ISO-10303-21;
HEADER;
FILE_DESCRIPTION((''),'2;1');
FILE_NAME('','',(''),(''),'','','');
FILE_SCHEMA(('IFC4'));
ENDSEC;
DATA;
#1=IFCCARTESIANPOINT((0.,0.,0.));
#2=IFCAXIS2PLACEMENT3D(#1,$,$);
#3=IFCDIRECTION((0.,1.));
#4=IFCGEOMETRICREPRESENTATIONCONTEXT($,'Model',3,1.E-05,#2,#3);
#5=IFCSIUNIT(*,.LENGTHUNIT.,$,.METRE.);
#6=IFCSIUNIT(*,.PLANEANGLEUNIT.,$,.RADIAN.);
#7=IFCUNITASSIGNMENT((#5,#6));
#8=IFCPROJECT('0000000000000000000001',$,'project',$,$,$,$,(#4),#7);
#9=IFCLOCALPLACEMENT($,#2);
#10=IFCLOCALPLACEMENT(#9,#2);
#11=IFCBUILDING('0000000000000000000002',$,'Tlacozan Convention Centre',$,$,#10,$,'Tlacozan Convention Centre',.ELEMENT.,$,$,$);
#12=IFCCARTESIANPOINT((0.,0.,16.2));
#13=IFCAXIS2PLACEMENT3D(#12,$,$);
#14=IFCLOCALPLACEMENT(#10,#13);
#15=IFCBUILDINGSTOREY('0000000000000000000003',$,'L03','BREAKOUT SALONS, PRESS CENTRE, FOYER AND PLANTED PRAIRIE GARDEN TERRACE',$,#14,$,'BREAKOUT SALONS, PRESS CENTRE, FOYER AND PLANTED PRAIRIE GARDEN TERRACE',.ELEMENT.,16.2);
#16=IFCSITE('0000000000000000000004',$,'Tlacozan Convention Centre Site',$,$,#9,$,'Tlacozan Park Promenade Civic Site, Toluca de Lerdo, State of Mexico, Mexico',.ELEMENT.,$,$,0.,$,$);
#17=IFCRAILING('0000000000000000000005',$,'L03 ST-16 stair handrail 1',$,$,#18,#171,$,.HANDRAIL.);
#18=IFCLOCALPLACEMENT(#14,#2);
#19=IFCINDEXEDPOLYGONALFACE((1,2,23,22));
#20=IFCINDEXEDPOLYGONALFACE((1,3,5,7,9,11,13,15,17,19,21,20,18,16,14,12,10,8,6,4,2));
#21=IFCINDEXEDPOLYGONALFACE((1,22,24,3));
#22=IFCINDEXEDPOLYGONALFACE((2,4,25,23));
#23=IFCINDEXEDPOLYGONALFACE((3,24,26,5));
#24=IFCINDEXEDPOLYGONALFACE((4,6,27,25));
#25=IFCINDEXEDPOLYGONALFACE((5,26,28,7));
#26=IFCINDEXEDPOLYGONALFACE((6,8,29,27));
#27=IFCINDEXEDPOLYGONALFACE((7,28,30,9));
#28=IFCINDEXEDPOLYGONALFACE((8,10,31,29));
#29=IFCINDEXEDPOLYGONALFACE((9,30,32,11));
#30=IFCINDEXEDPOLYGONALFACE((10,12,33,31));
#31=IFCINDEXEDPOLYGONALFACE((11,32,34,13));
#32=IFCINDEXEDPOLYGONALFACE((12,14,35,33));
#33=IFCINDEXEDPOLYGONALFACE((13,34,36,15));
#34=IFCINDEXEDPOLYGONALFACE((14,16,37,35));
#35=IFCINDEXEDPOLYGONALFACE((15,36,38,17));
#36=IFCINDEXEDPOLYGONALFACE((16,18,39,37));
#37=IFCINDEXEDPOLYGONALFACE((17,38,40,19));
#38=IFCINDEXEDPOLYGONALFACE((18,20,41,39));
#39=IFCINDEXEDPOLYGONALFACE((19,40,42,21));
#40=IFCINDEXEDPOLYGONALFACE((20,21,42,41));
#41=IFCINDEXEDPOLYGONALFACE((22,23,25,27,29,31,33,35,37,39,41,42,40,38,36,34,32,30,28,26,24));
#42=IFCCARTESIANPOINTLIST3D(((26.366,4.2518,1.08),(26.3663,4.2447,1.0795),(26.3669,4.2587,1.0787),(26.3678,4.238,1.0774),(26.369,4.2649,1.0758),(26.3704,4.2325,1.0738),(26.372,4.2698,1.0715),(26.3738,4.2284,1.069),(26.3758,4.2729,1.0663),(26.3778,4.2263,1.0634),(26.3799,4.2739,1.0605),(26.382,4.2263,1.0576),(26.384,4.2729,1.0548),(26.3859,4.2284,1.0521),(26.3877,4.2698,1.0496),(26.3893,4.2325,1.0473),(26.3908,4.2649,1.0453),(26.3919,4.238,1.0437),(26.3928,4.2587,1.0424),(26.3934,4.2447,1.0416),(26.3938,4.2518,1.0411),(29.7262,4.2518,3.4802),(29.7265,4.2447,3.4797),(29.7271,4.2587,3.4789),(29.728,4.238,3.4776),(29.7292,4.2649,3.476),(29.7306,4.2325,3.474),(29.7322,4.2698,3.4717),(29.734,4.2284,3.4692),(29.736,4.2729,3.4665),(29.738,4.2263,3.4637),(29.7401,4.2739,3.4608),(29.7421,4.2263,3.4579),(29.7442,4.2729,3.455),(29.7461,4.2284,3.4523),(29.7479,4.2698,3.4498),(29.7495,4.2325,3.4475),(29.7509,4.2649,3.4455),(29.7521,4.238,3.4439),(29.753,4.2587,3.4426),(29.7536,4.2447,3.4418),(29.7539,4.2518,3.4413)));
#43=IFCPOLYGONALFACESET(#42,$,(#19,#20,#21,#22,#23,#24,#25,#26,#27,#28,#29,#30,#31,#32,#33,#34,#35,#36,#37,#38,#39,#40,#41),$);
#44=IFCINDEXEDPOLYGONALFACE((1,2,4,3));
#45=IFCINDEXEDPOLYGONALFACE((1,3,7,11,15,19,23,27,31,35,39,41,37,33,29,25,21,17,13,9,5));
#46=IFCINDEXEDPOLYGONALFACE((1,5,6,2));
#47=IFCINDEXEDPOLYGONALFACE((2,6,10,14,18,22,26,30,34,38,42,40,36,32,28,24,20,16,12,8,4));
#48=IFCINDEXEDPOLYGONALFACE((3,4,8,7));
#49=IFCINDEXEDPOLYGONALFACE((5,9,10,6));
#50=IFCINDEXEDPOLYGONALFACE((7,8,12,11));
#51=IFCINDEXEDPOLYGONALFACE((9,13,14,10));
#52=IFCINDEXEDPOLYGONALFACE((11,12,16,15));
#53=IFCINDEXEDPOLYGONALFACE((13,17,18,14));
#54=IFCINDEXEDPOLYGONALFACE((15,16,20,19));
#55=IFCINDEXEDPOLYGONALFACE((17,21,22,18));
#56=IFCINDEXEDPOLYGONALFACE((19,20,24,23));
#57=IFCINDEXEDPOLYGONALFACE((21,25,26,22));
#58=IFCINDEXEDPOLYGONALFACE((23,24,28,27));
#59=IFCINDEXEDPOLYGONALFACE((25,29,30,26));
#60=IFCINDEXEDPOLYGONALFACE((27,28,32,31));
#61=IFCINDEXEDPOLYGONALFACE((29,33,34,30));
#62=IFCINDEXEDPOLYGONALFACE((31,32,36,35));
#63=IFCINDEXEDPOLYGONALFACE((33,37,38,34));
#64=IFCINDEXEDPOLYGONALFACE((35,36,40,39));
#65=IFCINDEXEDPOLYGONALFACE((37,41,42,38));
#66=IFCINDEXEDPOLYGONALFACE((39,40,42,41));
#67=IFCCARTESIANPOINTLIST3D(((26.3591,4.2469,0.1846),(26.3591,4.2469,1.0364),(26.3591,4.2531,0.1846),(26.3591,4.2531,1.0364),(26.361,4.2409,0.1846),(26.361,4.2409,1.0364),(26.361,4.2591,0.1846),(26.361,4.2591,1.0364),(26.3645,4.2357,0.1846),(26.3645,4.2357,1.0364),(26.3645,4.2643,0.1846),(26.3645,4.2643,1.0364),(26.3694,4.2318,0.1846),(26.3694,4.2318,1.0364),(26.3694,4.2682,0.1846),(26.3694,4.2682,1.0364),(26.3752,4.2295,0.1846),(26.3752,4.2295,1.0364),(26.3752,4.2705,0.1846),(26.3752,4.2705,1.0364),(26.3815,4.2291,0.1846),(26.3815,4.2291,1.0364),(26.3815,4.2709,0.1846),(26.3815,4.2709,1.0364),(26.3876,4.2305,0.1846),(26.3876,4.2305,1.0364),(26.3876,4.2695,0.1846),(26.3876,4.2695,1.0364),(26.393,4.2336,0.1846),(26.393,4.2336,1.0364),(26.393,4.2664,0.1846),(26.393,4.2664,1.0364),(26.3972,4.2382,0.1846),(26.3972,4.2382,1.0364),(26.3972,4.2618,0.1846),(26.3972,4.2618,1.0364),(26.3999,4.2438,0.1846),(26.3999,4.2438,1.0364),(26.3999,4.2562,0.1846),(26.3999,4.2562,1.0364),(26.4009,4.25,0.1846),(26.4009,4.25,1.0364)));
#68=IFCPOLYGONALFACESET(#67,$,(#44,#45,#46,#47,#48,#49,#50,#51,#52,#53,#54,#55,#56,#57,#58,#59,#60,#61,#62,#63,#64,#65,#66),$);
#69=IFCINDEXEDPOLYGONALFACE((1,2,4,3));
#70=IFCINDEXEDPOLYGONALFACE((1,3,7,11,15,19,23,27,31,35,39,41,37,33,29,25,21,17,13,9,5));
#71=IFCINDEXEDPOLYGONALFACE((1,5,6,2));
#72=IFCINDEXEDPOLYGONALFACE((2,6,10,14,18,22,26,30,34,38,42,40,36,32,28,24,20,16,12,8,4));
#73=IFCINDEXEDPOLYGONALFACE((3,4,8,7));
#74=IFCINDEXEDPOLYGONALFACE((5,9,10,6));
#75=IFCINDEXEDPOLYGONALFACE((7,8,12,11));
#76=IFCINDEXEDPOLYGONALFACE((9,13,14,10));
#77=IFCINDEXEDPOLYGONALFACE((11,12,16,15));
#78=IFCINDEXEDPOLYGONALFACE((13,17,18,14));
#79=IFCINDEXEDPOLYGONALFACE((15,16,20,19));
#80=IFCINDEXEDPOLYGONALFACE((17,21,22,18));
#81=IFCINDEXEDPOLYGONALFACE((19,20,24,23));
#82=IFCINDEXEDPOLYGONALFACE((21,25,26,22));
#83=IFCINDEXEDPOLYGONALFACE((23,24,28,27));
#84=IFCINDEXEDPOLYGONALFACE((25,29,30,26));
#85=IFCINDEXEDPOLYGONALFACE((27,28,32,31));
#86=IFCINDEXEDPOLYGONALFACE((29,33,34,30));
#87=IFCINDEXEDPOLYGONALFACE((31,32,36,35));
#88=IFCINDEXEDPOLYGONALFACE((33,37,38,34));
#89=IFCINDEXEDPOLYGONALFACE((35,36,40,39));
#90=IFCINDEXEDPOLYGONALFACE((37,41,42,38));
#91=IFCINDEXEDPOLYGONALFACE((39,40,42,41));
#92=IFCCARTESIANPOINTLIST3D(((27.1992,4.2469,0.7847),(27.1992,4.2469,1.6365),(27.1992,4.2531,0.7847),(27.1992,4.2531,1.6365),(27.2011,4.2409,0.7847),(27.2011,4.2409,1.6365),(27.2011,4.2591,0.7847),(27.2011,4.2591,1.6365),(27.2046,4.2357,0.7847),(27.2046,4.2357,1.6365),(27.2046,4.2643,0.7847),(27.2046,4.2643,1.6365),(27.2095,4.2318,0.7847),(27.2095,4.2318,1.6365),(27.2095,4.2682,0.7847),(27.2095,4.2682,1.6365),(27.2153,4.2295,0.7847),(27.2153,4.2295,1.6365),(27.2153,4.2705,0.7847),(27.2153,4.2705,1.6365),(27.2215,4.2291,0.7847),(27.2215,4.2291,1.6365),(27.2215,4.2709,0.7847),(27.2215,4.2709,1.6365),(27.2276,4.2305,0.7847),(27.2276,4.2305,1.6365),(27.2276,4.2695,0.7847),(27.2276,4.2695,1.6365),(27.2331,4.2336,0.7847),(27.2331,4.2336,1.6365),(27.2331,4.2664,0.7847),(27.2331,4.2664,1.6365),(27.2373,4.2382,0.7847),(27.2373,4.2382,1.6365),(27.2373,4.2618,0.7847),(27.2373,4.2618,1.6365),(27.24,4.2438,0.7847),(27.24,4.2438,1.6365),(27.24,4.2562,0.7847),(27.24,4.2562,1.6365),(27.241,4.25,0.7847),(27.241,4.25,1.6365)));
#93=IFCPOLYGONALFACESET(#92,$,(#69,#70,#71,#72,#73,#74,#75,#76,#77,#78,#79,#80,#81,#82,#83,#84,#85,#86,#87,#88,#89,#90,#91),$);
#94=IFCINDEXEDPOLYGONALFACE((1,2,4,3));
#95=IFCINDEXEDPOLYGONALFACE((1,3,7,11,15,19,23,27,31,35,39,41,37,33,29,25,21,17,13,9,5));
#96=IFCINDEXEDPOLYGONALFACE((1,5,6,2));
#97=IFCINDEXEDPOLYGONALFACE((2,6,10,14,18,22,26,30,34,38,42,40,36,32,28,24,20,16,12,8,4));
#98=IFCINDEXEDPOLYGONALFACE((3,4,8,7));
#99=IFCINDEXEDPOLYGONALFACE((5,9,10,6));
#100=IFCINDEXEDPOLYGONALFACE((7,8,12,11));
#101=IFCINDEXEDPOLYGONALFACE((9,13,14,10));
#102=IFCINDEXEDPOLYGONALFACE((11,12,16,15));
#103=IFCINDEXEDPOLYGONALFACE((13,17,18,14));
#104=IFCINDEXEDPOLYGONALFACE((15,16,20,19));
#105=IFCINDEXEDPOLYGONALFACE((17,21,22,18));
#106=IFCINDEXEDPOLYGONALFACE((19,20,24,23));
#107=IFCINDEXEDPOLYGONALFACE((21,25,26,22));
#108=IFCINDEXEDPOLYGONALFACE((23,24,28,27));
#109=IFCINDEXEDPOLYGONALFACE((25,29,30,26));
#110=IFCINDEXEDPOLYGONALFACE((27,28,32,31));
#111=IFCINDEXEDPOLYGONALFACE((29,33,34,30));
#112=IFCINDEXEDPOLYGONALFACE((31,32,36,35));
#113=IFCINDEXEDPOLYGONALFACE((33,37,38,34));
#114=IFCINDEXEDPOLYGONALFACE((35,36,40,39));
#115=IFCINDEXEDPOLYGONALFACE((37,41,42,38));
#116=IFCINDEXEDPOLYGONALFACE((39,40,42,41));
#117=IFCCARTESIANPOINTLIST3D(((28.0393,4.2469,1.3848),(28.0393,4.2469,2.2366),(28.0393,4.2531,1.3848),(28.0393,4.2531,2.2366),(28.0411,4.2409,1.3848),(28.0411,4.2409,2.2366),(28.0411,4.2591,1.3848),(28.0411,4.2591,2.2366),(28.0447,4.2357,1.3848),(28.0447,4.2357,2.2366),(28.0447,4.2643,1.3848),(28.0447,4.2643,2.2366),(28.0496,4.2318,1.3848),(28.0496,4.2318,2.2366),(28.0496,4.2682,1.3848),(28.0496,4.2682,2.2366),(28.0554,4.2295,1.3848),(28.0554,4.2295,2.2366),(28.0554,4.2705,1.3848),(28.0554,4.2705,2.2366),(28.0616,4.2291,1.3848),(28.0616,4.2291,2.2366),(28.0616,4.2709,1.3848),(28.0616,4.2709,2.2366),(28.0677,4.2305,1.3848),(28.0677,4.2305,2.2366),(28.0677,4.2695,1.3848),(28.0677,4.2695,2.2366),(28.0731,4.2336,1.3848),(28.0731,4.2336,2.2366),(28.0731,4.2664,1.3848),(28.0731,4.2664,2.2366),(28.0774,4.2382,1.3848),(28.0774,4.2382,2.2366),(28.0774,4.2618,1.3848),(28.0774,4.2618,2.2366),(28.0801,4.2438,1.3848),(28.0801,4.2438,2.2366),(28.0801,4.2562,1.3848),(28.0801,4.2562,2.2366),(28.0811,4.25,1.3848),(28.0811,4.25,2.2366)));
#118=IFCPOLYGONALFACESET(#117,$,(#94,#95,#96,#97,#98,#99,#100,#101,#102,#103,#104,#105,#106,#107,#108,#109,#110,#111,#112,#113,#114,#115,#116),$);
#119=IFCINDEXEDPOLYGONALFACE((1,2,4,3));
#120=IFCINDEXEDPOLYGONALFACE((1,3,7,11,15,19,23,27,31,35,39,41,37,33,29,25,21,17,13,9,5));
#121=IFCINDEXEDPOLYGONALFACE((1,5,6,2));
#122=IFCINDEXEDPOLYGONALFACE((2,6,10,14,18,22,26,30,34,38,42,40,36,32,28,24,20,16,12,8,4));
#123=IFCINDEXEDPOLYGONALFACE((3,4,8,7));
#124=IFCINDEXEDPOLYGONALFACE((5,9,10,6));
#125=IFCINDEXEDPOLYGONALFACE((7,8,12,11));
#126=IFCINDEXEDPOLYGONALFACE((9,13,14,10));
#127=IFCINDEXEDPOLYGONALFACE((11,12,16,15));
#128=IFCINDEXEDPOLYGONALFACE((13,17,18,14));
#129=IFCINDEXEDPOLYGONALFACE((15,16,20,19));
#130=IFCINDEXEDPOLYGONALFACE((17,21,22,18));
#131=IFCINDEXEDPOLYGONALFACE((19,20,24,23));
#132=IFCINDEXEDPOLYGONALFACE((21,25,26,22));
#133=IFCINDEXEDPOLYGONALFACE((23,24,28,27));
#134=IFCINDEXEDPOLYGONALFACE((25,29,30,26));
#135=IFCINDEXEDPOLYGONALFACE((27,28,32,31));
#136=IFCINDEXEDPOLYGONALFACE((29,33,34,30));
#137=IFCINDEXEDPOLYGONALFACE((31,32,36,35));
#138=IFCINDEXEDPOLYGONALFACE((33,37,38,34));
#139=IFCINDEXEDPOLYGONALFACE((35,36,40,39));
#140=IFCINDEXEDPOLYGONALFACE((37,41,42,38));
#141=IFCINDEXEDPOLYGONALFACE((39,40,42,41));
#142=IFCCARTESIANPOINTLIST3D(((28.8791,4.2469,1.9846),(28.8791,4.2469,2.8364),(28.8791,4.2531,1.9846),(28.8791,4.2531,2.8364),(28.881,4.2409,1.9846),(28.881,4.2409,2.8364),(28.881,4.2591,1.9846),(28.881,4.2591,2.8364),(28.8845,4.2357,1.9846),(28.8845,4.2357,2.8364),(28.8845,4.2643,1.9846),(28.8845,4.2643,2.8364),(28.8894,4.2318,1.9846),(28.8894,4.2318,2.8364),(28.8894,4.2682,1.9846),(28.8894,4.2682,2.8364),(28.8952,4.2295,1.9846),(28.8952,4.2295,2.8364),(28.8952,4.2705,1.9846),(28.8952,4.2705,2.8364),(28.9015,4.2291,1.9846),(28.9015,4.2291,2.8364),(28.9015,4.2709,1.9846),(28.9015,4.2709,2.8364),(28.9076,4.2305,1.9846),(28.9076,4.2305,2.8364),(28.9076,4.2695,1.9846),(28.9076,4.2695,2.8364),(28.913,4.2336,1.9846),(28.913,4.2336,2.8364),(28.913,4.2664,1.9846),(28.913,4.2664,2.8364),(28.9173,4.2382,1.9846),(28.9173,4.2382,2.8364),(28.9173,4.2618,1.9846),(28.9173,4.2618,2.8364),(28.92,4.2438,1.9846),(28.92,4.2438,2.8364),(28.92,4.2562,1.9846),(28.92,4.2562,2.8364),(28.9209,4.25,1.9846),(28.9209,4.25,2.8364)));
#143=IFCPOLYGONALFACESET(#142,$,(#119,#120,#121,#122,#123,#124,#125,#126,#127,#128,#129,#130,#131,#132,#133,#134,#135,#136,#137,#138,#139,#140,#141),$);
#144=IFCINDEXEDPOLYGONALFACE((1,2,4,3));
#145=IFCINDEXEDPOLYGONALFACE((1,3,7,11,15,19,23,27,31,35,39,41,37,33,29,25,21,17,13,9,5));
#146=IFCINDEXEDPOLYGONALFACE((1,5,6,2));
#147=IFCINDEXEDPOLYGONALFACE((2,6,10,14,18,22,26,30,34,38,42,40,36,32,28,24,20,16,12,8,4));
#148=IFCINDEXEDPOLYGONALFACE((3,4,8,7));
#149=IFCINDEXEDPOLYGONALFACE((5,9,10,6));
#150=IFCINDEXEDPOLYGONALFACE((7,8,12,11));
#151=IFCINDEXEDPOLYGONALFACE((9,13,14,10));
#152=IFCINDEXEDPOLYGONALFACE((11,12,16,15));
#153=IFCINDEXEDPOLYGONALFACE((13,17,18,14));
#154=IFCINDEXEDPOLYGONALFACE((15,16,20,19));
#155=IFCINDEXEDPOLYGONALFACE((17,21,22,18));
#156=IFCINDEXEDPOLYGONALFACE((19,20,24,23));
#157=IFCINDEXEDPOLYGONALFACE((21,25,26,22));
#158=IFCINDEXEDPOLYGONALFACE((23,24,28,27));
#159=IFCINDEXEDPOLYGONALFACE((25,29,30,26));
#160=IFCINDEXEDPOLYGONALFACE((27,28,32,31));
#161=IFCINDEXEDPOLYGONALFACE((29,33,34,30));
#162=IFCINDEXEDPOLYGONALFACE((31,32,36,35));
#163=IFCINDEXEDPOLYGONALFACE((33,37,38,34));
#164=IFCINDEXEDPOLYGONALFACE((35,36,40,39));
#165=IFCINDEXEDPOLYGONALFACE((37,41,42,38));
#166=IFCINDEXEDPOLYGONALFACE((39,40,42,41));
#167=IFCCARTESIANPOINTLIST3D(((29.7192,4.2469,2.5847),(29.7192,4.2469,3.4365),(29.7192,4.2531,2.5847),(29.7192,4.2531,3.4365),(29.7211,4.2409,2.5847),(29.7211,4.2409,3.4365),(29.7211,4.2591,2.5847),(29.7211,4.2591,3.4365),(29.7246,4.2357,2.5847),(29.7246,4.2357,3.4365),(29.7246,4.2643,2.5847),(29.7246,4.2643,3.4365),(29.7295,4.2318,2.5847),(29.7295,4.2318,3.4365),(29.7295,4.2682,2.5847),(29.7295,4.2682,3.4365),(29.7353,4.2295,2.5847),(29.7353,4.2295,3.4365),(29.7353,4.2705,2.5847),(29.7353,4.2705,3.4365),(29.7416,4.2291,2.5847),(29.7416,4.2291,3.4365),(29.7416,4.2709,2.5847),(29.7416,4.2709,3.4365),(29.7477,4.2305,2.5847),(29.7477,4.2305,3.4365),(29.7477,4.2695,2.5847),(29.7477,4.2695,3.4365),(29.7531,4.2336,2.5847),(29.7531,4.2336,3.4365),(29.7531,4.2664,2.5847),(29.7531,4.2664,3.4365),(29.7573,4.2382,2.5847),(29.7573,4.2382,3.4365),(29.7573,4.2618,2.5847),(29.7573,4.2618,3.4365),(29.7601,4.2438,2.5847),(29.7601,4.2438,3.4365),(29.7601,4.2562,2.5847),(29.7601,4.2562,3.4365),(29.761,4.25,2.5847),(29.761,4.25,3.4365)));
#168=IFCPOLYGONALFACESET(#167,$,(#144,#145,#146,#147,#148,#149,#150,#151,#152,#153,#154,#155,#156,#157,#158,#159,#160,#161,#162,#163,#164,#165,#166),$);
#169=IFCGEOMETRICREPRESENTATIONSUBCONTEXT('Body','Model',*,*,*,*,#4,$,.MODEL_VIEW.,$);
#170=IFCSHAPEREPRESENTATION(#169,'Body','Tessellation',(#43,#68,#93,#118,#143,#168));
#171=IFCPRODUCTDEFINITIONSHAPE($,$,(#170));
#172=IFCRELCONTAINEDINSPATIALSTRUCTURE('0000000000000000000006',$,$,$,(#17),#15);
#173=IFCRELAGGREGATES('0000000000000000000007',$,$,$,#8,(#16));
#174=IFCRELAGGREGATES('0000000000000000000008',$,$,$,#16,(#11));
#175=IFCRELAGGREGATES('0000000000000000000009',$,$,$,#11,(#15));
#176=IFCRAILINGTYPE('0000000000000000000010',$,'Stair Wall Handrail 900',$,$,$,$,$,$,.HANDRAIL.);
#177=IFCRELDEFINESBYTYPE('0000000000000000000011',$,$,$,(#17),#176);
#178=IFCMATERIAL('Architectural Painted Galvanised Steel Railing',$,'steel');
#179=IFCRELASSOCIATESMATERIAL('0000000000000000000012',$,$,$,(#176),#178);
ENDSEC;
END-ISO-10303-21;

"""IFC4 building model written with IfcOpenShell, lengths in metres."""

from ifc_helpers import new_model, si_unit, direction, frame, origin, origin_2d, place, context, subcontext, project, spatial, circle, extrude, material, type_object, element, save


model = new_model("IFC4")

# Units and contexts
model_context = context("Model", 3, precision=1e-05, world=origin(), true_north=direction((0.0, 1.0)))
body_context = subcontext(model_context, "Body", "Model", "MODEL_VIEW")
ifc_project = project(units=[si_unit("LENGTHUNIT", "METRE"), si_unit("PLANEANGLEUNIT", "RADIAN")], contexts=[model_context])

# Site, building, storey
site_placement = place(None, origin())
site = spatial("IfcSite", under=ifc_project, at=site_placement, Name="Tlacozan Convention Centre Site", LongName="Tlacozan Park Promenade Civic Site, Toluca de Lerdo, State of Mexico, Mexico", CompositionType="ELEMENT", RefElevation=0.0)
building_placement = place(site_placement, origin())
building = spatial("IfcBuilding", under=site, at=building_placement, Name="Tlacozan Convention Centre", LongName="Tlacozan Convention Centre", CompositionType="ELEMENT")
storey_placement = place(building_placement, frame((0.0, 0.0, 16.2)))
storey = spatial("IfcBuildingStorey", under=building, at=storey_placement, Name="L03", Description="BREAKOUT SALONS, PRESS CENTRE, FOYER AND PLANTED PRAIRIE GARDEN TERRACE", LongName="BREAKOUT SALONS, PRESS CENTRE, FOYER AND PLANTED PRAIRIE GARDEN TERRACE", CompositionType="ELEMENT", Elevation=16.2)

# Railing
ifc_material_1 = material(Name="Architectural Painted Galvanised Steel Railing", Category="steel")
railing_type_1 = type_object("IfcRailingType", Name="Stair Wall Handrail 900", PredefinedType="HANDRAIL", material=ifc_material_1)
railing_1_placement = place(storey_placement, frame((26.3799, 4.25, 0.1846)))
element("IfcRailing", 1, at=railing_1_placement, inside=storey, type_object=railing_type_1, Name="L03 ST-16 stair handrail 1", PredefinedType="HANDRAIL", context=body_context, shape_type="SweptSolid", body=[
    extrude(circle(Radius=0.0239, at=origin_2d()), frame((0.0, 0.0, 0.876), z_axis=(0.813725, 0.0, 0.581249), x_axis=(0.0, 1.0, 0.0)), (0.0, 0.0, 1.0), 4.1294),
    extrude(circle(Radius=0.021, at=origin_2d()), origin(), (0.0, 0.0, 1.0), 0.8518),
    extrude(circle(Radius=0.021, at=origin_2d()), frame((0.8401, 0.0, 0.6001)), (0.0, 0.0, 1.0), 0.8518),
    extrude(circle(Radius=0.021, at=origin_2d()), frame((1.6802, 0.0, 1.2002)), (0.0, 0.0, 1.0), 0.8518),
    extrude(circle(Radius=0.021, at=origin_2d()), frame((2.52, 0.0, 1.8)), (0.0, 0.0, 1.0), 0.8518),
    extrude(circle(Radius=0.021, at=origin_2d()), frame((3.3601, 0.0, 2.4001)), (0.0, 0.0, 1.0), 0.8518),
])

save(model, "model.ifc")
